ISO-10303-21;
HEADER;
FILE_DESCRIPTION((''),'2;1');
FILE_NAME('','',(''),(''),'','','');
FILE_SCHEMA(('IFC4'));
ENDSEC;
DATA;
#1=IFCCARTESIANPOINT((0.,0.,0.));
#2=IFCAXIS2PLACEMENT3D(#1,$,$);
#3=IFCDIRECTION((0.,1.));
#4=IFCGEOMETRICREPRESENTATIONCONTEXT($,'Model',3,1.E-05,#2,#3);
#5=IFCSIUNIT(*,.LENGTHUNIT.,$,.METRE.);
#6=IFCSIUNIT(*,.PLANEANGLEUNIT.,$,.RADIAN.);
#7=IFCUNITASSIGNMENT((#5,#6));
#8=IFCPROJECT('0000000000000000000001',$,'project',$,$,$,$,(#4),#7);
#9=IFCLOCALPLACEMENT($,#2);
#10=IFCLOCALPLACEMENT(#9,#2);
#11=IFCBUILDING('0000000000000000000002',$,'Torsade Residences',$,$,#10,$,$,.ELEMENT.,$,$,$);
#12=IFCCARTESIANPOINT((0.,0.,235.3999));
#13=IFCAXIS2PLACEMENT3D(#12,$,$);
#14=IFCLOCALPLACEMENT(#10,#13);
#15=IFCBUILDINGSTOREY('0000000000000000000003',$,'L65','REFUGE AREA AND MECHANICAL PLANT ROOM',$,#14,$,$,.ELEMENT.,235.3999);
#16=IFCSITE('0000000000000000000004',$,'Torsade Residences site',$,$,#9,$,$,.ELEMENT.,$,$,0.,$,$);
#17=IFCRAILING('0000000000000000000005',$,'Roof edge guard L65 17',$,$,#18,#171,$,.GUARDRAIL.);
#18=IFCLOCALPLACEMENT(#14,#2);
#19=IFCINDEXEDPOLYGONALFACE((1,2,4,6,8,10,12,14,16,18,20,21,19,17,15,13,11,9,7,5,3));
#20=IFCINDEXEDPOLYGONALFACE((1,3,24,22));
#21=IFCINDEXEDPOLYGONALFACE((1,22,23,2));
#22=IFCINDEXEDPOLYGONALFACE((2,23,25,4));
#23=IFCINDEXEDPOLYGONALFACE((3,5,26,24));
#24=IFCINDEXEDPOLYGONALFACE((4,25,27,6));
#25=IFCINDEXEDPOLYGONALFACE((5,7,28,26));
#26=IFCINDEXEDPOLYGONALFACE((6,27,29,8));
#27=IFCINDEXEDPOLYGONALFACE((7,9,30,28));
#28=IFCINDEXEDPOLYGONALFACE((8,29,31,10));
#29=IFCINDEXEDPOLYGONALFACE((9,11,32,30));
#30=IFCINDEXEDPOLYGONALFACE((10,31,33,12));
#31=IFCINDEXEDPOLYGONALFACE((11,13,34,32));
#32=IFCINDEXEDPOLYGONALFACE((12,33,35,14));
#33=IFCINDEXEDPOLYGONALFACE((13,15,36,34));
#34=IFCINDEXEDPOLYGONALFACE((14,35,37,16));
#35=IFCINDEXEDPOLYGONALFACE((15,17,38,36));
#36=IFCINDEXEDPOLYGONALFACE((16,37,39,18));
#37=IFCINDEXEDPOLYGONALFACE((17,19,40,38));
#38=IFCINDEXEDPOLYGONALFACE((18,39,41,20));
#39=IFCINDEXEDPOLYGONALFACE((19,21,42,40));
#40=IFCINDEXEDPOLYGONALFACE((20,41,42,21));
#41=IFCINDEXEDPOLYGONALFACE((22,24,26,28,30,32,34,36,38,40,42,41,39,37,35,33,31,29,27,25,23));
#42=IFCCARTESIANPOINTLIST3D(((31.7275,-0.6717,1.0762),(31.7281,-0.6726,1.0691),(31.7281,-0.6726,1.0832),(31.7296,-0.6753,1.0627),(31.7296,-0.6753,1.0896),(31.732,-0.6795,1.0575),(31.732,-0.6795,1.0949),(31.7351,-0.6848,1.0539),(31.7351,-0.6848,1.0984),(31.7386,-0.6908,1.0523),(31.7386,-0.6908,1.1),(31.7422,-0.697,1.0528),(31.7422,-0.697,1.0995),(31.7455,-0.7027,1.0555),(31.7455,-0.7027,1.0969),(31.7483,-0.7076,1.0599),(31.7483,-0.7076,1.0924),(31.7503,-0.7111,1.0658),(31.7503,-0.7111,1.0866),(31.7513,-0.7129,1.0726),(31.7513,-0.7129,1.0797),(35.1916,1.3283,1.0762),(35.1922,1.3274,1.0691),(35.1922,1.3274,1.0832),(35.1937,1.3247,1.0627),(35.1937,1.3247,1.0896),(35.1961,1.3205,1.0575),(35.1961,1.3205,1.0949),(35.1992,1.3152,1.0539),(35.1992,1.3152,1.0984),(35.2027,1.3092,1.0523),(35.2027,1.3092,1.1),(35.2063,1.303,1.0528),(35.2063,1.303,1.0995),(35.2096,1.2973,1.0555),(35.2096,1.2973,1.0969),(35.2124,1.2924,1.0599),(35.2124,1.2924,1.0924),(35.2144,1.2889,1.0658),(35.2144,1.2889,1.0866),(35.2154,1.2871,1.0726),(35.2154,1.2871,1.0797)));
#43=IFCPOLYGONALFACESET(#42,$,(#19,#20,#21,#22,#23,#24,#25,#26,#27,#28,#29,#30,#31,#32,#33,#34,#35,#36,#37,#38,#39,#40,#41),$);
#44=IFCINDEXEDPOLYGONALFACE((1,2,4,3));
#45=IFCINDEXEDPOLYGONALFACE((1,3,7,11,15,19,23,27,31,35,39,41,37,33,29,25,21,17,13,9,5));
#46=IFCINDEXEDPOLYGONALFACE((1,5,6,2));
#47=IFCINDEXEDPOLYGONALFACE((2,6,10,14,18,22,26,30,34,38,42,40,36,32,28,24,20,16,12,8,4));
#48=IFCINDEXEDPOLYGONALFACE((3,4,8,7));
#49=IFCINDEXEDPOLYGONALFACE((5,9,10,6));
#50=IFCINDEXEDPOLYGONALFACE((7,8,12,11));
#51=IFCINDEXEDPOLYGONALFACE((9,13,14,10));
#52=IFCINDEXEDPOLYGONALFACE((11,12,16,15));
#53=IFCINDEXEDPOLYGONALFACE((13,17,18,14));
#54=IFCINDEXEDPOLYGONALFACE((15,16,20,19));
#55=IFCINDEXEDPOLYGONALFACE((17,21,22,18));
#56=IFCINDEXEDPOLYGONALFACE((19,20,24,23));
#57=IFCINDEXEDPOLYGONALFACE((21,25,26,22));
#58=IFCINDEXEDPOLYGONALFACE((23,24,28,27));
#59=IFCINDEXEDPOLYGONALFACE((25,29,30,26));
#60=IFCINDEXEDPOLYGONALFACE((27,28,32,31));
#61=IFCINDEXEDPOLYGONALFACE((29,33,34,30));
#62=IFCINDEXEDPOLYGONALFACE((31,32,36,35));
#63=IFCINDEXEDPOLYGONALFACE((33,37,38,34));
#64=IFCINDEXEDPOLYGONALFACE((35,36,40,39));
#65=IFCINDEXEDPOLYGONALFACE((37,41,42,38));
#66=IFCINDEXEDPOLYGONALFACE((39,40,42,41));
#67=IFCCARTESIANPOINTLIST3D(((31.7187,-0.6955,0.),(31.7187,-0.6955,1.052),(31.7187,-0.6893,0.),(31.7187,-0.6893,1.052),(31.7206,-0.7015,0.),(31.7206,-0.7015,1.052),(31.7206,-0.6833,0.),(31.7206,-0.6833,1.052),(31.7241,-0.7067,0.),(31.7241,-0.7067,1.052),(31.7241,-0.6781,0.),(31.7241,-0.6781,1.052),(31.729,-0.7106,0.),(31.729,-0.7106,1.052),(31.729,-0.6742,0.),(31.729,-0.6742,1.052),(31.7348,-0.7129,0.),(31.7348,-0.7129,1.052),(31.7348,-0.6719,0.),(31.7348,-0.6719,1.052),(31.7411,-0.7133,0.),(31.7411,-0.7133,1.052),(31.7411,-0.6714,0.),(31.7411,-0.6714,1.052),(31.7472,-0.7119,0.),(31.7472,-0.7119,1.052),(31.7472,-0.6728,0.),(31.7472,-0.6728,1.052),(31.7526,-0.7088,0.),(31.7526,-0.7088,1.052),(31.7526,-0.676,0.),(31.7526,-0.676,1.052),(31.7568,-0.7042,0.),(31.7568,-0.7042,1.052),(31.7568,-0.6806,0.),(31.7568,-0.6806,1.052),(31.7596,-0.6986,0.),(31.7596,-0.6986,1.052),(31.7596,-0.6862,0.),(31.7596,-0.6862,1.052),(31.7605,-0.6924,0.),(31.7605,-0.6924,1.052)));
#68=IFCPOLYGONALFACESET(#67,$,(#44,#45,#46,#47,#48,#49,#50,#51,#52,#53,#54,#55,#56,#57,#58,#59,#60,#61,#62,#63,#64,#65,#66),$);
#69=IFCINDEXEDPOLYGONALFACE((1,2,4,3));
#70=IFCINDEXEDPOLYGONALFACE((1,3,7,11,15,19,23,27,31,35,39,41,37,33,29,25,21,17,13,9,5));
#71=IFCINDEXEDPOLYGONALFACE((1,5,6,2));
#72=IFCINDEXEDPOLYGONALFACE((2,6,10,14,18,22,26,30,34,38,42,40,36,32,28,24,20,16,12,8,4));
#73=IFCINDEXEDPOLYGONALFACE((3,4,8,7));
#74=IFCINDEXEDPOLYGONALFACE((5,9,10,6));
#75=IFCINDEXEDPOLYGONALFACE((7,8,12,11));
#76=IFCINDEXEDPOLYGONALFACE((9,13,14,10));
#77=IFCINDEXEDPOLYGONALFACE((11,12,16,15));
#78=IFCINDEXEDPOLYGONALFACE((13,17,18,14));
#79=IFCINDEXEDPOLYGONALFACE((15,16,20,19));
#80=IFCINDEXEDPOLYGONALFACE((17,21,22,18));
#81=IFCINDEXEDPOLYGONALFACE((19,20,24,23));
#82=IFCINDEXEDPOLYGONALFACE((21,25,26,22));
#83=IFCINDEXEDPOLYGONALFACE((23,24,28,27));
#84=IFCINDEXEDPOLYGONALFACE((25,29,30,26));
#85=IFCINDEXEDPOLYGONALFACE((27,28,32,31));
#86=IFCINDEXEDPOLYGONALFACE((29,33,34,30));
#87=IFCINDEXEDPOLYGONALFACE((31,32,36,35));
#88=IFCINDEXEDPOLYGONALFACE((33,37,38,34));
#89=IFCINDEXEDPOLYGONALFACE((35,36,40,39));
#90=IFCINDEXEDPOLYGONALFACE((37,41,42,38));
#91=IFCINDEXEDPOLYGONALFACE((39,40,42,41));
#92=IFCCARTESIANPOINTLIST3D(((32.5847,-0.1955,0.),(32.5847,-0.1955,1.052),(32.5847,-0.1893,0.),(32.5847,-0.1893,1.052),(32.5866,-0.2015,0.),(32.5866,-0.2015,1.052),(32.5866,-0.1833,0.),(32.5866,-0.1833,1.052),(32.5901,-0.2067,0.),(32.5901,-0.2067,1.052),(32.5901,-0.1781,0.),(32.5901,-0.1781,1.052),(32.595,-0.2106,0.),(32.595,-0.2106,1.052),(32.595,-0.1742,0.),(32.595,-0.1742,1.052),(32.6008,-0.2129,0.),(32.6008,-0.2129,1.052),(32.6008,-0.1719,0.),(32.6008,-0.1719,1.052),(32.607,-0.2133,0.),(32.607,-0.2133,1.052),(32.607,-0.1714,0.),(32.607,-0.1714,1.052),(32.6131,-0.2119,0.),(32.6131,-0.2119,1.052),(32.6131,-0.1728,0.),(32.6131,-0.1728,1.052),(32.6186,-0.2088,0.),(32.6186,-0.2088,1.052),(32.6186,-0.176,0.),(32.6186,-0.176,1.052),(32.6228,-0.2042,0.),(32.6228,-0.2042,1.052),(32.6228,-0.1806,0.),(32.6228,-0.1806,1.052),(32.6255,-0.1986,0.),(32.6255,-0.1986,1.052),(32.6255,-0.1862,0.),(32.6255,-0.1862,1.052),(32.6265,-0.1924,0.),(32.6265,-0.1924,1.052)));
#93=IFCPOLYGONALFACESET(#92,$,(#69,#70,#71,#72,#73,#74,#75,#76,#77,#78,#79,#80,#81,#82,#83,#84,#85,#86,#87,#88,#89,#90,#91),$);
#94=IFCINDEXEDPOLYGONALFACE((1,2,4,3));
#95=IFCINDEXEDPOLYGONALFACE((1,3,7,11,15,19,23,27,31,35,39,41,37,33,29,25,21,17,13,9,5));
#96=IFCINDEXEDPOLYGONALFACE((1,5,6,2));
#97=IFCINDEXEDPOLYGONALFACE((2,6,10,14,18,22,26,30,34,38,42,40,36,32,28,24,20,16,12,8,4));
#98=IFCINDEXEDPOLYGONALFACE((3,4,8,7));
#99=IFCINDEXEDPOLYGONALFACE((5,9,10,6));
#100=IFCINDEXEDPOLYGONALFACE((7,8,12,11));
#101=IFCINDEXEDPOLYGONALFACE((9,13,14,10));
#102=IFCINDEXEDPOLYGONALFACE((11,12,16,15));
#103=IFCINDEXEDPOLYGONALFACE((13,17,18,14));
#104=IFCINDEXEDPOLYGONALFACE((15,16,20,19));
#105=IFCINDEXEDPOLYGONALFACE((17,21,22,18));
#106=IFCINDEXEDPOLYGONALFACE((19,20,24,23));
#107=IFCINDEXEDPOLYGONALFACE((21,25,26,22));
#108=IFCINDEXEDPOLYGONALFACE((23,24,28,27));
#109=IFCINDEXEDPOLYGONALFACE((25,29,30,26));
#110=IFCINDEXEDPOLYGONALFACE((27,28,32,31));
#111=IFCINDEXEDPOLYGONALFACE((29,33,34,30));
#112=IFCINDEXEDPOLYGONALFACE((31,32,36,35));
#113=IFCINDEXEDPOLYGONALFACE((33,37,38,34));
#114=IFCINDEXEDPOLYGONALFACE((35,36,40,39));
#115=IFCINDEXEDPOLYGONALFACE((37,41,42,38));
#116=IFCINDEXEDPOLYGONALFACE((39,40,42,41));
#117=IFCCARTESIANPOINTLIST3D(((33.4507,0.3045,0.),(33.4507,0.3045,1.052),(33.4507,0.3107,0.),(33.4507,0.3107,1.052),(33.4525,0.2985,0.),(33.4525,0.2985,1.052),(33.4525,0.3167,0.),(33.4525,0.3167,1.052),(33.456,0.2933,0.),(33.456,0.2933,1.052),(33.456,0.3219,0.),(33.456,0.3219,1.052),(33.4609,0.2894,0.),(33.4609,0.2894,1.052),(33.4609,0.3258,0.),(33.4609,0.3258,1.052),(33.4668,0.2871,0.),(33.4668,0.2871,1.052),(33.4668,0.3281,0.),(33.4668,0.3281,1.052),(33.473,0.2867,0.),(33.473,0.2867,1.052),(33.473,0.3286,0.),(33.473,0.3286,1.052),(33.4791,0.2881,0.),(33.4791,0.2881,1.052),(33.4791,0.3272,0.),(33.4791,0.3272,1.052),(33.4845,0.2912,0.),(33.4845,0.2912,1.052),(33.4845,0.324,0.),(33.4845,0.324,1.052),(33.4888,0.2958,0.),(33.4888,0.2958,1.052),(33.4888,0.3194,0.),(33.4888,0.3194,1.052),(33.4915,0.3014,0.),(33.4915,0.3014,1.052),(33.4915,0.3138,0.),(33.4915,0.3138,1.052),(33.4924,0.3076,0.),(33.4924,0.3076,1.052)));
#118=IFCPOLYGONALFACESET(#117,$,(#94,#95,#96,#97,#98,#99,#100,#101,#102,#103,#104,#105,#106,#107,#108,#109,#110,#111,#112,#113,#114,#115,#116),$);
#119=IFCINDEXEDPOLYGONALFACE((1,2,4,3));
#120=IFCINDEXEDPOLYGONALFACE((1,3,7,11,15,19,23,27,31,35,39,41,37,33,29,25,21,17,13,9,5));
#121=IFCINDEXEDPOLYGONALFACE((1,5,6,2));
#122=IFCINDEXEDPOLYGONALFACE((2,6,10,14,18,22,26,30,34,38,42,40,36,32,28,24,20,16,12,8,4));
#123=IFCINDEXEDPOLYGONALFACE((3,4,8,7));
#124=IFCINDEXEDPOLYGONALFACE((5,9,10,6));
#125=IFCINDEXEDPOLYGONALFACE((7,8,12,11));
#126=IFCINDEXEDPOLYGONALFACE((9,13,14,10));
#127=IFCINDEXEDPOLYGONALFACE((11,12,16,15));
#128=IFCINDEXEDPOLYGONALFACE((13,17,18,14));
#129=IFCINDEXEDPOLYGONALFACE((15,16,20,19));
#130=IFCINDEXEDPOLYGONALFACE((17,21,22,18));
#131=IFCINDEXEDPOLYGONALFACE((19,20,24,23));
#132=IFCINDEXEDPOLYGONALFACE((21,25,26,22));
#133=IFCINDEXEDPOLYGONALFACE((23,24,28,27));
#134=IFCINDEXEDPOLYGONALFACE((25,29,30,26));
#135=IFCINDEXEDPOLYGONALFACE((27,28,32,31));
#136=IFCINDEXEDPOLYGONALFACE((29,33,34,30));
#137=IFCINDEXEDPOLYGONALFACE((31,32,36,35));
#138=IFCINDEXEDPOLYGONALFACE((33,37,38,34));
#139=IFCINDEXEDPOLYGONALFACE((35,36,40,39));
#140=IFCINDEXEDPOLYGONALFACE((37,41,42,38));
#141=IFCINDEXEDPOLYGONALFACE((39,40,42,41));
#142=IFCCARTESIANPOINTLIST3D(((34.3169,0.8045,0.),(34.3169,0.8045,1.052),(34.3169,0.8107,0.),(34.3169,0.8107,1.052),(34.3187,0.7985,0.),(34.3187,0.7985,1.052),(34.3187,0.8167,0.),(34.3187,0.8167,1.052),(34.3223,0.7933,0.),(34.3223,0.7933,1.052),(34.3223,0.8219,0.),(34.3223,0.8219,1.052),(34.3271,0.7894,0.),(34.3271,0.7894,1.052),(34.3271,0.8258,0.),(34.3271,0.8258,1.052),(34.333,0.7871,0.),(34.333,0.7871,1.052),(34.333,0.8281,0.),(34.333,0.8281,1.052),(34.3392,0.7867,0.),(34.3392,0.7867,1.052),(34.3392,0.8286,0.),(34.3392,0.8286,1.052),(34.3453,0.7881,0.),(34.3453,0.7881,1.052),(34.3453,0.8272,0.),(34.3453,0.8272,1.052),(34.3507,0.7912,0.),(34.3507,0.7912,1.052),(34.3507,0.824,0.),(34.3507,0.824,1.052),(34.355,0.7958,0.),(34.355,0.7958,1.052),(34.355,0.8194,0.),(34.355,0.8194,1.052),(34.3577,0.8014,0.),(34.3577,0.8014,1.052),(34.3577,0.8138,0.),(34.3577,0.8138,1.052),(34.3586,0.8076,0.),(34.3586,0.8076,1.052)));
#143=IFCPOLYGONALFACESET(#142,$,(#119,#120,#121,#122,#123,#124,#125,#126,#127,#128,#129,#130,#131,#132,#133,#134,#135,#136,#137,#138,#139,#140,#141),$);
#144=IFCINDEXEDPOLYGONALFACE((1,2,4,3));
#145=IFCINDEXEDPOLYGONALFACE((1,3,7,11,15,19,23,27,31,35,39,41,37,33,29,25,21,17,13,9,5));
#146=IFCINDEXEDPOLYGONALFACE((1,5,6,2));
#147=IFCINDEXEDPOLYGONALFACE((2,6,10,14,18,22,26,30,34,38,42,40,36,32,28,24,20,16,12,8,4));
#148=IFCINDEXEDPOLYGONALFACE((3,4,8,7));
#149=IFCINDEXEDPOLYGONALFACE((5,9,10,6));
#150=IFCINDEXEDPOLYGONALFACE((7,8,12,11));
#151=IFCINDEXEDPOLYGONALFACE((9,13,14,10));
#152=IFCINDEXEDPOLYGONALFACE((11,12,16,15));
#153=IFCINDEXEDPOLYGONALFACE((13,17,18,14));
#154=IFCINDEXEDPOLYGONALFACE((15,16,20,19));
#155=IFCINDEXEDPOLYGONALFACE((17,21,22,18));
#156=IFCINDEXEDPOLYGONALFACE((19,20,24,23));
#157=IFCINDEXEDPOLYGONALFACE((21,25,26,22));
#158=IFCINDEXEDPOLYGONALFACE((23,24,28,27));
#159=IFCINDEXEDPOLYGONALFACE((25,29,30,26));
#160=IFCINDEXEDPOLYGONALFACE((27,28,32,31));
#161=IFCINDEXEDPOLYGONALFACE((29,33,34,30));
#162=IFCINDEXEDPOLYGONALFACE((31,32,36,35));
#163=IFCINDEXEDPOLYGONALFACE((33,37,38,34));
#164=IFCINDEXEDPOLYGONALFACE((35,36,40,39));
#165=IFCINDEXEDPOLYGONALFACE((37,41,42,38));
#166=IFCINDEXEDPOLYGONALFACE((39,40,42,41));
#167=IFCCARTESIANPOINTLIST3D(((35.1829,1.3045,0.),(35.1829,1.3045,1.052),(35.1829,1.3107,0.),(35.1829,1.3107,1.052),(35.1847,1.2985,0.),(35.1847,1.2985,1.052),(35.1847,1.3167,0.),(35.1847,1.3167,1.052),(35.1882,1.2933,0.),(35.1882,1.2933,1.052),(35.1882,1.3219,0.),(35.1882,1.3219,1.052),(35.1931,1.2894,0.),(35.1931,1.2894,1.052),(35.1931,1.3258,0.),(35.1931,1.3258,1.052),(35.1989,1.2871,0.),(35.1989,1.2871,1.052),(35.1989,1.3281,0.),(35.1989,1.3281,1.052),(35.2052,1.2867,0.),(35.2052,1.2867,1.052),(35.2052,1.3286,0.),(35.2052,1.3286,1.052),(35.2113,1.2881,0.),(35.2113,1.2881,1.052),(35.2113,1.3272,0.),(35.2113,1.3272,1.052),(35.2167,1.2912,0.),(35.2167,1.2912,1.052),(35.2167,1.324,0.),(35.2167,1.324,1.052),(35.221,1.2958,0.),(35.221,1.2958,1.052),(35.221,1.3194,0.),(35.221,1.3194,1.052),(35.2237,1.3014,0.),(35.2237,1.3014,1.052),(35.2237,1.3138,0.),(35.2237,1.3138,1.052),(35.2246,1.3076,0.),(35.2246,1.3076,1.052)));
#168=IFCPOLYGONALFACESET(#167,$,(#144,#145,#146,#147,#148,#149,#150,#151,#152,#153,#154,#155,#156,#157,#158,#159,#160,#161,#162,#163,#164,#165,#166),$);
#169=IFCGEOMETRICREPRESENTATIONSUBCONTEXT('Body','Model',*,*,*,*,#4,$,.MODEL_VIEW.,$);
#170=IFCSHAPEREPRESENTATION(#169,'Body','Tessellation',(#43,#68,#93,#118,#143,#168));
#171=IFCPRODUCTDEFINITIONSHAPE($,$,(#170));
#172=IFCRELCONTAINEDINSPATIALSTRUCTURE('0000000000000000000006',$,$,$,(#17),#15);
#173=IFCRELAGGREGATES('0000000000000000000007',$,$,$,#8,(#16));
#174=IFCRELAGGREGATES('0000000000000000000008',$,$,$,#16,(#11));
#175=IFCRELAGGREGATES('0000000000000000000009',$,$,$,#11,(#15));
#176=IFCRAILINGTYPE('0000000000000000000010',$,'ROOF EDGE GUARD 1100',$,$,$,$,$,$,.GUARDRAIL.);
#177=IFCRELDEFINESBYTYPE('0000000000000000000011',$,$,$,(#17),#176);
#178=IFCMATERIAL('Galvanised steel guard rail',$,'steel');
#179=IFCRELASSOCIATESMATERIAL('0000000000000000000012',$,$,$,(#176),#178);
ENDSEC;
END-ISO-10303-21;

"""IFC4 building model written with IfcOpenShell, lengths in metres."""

from ifc_helpers import new_model, si_unit, direction, frame, origin, origin_2d, place, context, subcontext, project, spatial, circle, extrude, material, type_object, element, save


model = new_model("IFC4")

# Units and contexts
model_context = context("Model", 3, precision=1e-05, world=origin(), true_north=direction((0.0, 1.0)))
body_context = subcontext(model_context, "Body", "Model", "MODEL_VIEW")
ifc_project = project(units=[si_unit("LENGTHUNIT", "METRE"), si_unit("PLANEANGLEUNIT", "RADIAN")], contexts=[model_context])

# Site, building, storey
site_placement = place(None, origin())
site = spatial("IfcSite", under=ifc_project, at=site_placement, Name="Torsade Residences site", CompositionType="ELEMENT", RefElevation=0.0)
building_placement = place(site_placement, origin())
building = spatial("IfcBuilding", under=site, at=building_placement, Name="Torsade Residences", CompositionType="ELEMENT")
storey_placement = place(building_placement, frame((0.0, 0.0, 235.3999)))
storey = spatial("IfcBuildingStorey", under=building, at=storey_placement, Name="L65", Description="REFUGE AREA AND MECHANICAL PLANT ROOM", CompositionType="ELEMENT", Elevation=235.3999)

# Railing
ifc_material_1 = material(Name="Galvanised steel guard rail", Category="steel")
railing_type = type_object("IfcRailingType", Name="ROOF EDGE GUARD 1100", PredefinedType="GUARDRAIL", material=ifc_material_1)
railing_1_placement = place(storey_placement, frame((31.7395, -0.6924, 0.0)))
element("IfcRailing", 1, at=railing_1_placement, inside=storey, type_object=railing_type, Name="Roof edge guard L65 17", PredefinedType="GUARDRAIL", context=body_context, shape_type="SweptSolid", body=[
    extrude(circle(Radius=0.0239, at=origin_2d()), frame((0.0, 0.0, 1.0762), z_axis=(0.866026, 0.499999, 0.0), x_axis=(-0.499999, 0.866026, 0.0)), (0.0, 0.0, 1.0), 4.0),
    extrude(circle(Radius=0.021, at=origin_2d()), origin(), (0.0, 0.0, 1.0), 1.052),
    extrude(circle(Radius=0.021, at=origin_2d()), frame((0.866, 0.5, 0.0)), (0.0, 0.0, 1.0), 1.052),
    extrude(circle(Radius=0.021, at=origin_2d()), frame((1.7319, 1.0, 0.0)), (0.0, 0.0, 1.0), 1.052),
    extrude(circle(Radius=0.021, at=origin_2d()), frame((2.5981, 1.5, 0.0)), (0.0, 0.0, 1.0), 1.052),
    extrude(circle(Radius=0.021, at=origin_2d()), frame((3.4641, 2.0, 0.0)), (0.0, 0.0, 1.0), 1.052),
])

save(model, "model.ifc")
